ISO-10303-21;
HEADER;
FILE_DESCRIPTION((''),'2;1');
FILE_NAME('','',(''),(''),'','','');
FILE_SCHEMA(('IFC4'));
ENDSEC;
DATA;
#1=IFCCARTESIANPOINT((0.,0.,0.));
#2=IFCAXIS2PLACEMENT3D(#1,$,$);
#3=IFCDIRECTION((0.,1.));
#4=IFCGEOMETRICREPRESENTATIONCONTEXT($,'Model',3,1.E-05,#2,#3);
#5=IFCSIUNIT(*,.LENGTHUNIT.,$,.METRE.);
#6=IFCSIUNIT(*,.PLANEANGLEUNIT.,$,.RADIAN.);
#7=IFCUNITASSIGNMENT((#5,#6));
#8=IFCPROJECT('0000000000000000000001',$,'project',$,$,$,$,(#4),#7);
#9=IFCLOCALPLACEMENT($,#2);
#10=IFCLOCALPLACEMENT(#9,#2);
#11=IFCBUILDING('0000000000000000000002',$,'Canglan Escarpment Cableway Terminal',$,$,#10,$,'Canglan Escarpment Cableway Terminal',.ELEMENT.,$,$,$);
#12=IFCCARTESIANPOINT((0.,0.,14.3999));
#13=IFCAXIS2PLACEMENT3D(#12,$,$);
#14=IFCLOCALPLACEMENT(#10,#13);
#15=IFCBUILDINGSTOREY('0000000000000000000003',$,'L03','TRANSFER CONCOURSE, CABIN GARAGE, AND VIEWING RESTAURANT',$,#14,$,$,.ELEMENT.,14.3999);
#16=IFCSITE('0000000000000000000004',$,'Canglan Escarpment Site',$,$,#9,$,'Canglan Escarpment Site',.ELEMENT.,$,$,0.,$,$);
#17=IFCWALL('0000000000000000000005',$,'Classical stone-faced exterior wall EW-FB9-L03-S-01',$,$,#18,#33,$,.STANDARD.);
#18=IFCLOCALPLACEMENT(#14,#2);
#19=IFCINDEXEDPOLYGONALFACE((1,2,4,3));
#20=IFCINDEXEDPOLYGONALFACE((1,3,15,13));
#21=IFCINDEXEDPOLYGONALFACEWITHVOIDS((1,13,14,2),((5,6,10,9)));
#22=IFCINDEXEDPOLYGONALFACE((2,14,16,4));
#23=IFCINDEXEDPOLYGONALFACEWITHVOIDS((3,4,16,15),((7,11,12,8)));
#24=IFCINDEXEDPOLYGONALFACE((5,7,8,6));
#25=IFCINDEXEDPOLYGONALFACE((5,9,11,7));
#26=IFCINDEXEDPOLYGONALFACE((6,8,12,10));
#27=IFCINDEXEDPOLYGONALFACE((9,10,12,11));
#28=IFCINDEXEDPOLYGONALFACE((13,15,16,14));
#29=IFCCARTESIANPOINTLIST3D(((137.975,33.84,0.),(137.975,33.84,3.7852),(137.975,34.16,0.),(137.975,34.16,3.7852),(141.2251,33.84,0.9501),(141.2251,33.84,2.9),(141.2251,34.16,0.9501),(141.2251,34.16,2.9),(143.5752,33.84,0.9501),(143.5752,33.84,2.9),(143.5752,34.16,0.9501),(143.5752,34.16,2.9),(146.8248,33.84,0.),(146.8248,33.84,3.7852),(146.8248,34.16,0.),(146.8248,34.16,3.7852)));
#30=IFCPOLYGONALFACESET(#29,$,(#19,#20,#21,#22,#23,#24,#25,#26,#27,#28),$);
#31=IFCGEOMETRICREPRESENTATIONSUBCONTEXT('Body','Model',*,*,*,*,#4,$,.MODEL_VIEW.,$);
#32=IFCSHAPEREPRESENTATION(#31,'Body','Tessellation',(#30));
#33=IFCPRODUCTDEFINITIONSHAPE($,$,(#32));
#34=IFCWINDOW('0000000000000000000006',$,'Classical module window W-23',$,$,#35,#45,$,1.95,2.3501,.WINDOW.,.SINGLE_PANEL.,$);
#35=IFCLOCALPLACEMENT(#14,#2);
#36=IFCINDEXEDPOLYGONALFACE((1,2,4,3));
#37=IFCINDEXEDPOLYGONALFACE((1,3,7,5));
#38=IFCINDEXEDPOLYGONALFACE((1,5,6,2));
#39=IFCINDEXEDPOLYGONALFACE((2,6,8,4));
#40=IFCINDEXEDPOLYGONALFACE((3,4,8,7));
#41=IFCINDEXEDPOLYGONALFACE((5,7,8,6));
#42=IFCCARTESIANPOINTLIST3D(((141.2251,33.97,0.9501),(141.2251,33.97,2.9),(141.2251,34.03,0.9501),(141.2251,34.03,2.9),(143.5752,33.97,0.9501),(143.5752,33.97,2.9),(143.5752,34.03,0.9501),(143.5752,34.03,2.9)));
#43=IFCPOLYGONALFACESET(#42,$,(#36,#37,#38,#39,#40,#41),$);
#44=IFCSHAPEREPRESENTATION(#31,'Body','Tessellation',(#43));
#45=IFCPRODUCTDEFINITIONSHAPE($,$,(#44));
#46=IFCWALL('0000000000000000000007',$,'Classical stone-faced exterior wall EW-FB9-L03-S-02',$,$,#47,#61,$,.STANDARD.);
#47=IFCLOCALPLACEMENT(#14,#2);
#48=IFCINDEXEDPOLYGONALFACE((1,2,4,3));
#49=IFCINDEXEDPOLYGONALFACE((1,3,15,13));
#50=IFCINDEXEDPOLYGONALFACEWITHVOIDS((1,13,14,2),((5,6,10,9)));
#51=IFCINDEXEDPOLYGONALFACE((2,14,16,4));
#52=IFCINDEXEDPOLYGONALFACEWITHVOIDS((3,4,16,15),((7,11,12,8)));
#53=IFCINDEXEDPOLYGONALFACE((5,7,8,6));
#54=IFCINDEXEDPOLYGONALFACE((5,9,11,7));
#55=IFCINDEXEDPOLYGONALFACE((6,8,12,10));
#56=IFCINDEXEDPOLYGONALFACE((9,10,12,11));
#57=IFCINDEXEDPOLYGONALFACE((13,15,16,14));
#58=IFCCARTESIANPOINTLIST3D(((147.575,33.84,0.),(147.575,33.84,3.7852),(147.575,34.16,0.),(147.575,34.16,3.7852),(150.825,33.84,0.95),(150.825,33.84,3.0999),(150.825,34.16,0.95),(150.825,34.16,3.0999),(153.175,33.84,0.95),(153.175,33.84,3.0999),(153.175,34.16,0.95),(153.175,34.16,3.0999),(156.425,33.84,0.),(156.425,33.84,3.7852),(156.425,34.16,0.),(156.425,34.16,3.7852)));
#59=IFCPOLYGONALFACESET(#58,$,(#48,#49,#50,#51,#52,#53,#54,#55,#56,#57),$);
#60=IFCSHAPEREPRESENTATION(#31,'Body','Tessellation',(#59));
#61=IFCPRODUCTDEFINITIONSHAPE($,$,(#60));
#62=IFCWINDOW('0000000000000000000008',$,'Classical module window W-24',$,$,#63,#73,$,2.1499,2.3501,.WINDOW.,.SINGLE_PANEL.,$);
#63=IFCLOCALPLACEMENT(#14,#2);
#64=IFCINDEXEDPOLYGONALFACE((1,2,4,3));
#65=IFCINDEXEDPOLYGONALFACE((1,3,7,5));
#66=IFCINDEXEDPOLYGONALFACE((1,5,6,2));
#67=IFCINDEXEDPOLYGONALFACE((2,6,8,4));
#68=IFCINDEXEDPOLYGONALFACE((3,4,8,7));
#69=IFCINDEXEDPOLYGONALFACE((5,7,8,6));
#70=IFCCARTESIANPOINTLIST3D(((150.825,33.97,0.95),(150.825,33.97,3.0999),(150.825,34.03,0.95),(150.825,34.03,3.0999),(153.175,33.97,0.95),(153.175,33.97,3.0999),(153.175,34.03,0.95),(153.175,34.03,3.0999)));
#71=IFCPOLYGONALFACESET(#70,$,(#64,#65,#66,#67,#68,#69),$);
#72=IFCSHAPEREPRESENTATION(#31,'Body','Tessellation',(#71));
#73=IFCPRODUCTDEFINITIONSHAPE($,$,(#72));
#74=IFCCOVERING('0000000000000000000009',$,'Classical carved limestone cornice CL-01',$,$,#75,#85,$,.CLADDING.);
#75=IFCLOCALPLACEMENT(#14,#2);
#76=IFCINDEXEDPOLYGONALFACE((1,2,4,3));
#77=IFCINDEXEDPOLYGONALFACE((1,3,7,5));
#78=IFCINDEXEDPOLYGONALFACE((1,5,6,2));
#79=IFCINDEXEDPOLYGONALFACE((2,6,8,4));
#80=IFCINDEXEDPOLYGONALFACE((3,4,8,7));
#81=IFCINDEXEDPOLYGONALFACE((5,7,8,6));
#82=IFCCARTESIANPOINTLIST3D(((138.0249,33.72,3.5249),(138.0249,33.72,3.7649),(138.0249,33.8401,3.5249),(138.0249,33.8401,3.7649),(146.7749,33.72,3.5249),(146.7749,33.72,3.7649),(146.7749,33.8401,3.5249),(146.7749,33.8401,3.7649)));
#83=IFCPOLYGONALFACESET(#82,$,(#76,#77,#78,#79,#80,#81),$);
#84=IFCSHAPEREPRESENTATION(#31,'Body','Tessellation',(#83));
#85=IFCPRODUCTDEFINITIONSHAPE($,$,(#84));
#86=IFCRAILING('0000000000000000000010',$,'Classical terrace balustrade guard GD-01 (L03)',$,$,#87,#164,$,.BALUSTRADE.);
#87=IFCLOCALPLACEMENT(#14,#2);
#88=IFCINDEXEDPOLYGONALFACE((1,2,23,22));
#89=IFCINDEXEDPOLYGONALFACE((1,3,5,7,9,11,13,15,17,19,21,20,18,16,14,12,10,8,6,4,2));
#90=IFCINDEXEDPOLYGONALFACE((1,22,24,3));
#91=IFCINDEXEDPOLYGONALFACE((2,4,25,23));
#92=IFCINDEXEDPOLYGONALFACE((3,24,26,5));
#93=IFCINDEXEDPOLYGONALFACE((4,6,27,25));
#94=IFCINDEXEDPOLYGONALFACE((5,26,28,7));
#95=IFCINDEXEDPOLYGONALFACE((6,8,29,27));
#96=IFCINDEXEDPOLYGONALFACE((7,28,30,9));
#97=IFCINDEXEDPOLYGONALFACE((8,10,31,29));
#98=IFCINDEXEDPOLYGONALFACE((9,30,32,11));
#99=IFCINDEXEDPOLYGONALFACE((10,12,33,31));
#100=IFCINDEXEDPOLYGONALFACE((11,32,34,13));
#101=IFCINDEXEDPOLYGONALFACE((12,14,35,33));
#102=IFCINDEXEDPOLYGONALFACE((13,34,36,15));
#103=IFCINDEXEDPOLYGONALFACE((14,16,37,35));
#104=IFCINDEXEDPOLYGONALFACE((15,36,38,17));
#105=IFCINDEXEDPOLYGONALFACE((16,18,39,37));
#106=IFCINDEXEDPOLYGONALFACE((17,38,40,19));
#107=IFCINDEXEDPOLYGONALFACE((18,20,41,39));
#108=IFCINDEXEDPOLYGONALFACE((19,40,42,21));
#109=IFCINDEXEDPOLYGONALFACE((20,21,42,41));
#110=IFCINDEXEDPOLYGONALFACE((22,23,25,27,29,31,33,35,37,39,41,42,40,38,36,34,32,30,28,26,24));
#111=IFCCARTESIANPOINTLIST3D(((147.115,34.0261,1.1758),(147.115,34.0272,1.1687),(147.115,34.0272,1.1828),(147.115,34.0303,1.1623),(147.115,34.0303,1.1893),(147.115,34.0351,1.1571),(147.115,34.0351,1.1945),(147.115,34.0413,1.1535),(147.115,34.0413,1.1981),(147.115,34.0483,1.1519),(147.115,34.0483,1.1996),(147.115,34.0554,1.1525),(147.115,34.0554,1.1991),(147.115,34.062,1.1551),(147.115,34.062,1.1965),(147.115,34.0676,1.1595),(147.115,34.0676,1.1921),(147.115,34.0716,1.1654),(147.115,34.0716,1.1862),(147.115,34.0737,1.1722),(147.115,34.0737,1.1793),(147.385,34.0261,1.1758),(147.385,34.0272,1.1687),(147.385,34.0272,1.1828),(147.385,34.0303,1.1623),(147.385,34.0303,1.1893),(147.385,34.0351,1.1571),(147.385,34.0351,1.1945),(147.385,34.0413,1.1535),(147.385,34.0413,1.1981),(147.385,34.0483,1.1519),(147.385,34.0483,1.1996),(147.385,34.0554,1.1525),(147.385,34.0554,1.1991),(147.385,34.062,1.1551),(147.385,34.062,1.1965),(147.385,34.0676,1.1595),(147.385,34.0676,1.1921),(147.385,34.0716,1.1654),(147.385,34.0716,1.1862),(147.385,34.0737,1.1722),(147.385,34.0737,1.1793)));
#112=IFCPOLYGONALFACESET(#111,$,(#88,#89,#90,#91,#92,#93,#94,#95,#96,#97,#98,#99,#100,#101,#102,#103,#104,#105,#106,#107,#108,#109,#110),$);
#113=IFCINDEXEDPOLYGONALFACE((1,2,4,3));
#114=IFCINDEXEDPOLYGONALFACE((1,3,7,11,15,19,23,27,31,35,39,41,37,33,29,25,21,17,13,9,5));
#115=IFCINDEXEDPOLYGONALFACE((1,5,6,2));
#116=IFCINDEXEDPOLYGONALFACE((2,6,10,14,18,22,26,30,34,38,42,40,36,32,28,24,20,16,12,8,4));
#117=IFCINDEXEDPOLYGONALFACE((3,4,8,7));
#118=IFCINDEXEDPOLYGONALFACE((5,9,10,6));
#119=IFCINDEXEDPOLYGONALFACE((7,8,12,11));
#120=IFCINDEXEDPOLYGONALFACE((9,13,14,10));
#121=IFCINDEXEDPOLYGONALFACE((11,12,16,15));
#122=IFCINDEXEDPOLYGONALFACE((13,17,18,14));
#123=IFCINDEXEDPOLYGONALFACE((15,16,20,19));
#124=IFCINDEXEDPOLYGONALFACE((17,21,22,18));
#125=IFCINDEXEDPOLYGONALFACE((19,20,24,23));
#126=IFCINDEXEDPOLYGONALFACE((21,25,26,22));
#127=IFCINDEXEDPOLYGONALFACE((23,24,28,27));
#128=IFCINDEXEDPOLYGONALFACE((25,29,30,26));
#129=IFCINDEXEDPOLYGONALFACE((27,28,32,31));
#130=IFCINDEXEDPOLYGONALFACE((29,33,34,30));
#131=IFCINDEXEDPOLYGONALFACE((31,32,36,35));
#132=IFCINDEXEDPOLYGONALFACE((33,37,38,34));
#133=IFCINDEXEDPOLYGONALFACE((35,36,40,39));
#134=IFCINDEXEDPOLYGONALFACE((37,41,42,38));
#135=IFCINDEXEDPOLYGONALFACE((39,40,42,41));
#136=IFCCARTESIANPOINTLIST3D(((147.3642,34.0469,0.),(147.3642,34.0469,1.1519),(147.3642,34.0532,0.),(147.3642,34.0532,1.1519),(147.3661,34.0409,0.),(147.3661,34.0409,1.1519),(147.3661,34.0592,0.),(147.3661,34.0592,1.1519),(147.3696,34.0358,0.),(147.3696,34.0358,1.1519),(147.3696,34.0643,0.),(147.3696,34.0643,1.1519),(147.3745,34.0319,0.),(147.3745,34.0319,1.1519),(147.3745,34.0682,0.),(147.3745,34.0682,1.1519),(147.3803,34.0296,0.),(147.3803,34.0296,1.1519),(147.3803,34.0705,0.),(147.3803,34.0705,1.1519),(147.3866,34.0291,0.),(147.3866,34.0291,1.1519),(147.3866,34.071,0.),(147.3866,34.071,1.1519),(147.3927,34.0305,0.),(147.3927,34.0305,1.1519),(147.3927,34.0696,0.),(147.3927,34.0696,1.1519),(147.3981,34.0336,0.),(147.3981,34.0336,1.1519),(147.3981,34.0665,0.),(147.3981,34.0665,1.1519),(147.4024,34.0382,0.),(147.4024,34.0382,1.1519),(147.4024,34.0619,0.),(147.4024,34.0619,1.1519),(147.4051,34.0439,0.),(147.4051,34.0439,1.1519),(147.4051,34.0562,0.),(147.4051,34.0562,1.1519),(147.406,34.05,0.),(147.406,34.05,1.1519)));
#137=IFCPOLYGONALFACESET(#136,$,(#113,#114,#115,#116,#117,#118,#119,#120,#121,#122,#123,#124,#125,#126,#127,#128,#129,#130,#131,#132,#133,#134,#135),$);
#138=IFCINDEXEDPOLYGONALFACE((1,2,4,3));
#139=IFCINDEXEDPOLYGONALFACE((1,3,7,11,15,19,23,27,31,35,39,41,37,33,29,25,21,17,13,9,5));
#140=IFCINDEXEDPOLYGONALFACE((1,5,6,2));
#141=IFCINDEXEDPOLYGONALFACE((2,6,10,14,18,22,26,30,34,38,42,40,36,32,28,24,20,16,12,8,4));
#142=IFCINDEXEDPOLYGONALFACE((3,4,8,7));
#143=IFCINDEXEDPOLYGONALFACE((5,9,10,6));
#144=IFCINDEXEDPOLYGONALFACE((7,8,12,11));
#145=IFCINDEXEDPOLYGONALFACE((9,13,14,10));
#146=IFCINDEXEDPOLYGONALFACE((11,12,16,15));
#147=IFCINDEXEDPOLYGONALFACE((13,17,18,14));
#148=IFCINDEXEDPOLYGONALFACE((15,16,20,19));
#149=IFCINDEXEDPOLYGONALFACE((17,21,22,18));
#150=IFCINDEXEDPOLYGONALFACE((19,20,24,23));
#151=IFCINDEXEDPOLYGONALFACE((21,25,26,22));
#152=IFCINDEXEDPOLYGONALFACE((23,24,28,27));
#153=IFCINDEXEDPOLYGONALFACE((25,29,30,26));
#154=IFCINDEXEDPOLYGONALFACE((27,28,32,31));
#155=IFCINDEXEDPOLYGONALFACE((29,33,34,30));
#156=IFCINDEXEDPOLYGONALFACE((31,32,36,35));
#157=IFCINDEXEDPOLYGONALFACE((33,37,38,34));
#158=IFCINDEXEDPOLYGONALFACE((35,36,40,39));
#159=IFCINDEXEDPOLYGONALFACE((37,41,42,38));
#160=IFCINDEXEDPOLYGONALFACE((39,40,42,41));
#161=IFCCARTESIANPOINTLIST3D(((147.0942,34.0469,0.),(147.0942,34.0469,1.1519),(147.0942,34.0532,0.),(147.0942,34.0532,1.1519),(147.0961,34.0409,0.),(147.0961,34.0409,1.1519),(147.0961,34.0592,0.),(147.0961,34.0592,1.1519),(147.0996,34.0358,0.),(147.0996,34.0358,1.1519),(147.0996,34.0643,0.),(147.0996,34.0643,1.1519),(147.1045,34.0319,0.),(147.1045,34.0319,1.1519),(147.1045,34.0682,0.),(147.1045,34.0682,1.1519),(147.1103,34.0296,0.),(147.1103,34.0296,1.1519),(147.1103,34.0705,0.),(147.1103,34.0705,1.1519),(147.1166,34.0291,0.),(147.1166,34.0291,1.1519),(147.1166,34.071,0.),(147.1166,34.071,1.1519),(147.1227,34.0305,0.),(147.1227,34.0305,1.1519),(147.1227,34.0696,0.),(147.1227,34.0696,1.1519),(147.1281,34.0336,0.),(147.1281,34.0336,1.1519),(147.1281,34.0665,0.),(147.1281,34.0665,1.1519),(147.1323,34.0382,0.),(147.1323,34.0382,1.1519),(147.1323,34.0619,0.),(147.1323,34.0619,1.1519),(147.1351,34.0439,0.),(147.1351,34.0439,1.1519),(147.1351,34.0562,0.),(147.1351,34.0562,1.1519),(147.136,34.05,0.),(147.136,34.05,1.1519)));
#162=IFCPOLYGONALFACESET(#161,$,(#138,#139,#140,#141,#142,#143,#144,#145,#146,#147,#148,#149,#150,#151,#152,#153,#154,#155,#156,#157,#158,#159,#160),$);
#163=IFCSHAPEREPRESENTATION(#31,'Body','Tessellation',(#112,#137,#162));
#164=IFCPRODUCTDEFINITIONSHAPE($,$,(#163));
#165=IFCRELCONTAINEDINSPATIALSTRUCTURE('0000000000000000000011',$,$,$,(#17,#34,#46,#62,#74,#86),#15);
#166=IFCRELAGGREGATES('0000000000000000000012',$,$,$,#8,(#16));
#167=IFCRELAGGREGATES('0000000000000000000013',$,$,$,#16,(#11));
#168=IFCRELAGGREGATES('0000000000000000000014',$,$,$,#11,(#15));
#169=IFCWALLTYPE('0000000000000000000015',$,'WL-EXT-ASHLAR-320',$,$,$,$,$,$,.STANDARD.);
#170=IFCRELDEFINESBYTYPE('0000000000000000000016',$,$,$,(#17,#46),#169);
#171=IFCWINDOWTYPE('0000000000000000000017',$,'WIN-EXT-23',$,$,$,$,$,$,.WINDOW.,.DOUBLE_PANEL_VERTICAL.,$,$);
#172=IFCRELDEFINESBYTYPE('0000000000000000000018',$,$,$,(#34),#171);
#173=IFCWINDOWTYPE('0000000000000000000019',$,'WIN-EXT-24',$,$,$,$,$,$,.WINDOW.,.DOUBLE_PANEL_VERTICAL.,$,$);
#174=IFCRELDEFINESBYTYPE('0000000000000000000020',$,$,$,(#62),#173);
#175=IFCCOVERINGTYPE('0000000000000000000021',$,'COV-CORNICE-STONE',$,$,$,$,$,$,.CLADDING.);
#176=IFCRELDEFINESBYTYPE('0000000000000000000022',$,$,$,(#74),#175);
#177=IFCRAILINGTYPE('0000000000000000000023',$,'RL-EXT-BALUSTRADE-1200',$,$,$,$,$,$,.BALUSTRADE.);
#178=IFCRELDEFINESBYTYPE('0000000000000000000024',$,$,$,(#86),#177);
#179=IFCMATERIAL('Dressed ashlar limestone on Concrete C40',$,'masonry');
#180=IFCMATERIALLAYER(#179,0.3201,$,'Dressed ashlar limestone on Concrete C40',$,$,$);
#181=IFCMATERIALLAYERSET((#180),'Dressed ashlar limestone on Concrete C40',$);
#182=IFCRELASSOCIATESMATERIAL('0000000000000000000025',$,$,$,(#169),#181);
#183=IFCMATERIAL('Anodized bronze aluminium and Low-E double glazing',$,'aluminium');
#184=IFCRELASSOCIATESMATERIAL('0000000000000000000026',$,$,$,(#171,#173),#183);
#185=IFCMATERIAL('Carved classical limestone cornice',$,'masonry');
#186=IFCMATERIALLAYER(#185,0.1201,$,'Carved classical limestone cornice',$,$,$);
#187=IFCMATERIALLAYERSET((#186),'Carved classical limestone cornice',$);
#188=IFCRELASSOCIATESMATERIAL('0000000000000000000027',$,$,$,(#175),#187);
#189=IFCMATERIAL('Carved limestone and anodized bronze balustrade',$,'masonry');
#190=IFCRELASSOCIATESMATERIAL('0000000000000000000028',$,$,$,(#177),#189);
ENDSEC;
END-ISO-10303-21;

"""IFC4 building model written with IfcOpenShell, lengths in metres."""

from ifc_helpers import new_model, si_unit, direction, frame, frame_2d, origin, origin_2d, place, context, subcontext, project, spatial, rectangle, circle, extrude, material, layer, layer_set, type_object, element, fill, save


model = new_model("IFC4")

# Units and contexts
model_context = context("Model", 3, precision=1e-05, world=origin(), true_north=direction((0.0, 1.0)))
body_context = subcontext(model_context, "Body", "Model", "MODEL_VIEW")
ifc_project = project(units=[si_unit("LENGTHUNIT", "METRE"), si_unit("PLANEANGLEUNIT", "RADIAN")], contexts=[model_context])

# Site, building, storey
site_placement = place(None, origin())
site = spatial("IfcSite", under=ifc_project, at=site_placement, Name="Canglan Escarpment Site", LongName="Canglan Escarpment Site", CompositionType="ELEMENT", RefElevation=0.0)
building_placement = place(site_placement, origin())
building = spatial("IfcBuilding", under=site, at=building_placement, Name="Canglan Escarpment Cableway Terminal", LongName="Canglan Escarpment Cableway Terminal", CompositionType="ELEMENT")
storey_placement = place(building_placement, frame((0.0, 0.0, 14.3999)))
storey = spatial("IfcBuildingStorey", under=building, at=storey_placement, Name="L03", Description="TRANSFER CONCOURSE, CABIN GARAGE, AND VIEWING RESTAURANT", CompositionType="ELEMENT", Elevation=14.3999)

# Shared definitions
ifc_material_1 = material(Name="Anodized bronze aluminium and Low-E double glazing", Category="aluminium")

# Walls, openings, windows
ifc_material_2 = material(Name="Dressed ashlar limestone on Concrete C40", Category="masonry")
ifc_layer_1 = layer(ifc_material_2, 0.3201, Name="Dressed ashlar limestone on Concrete C40")
ifc_layer_set_1 = layer_set([ifc_layer_1], Name="Dressed ashlar limestone on Concrete C40")
wall_type_1 = type_object("IfcWallType", Name="WL-EXT-ASHLAR-320", PredefinedType="STANDARD", material=ifc_layer_set_1)
wall_1_placement = place(storey_placement, frame((137.9751, 34.0, 0.0), z_axis=(0.0, 0.0, 1.0), x_axis=(1.0, 0.0, 0.0)))
wall_1 = element("IfcWall", 1, at=wall_1_placement, inside=storey, type_object=wall_type_1, Name="Classical stone-faced exterior wall EW-FB9-L03-S-01", PredefinedType="STANDARD", context=body_context, shape_type="SweptSolid", body=[
    extrude(rectangle(XDim=8.8499, YDim=0.3201, at=frame_2d((4.4248, 0.0))), origin(), (0.0, 0.0, 1.0), 3.7852),
])
opening_1_placement = place(wall_1_placement, frame((3.25, 0.0, 0.95)))
opening_1 = element("IfcOpeningElement", 2, at=opening_1_placement, cuts=wall_1, PredefinedType="OPENING", context=body_context, shape_type="SweptSolid", body=[
    extrude(rectangle(XDim=2.3501, YDim=1.95, at=frame_2d((1.175, 0.9751))), frame((0.0, 0.1699, 0.0), z_axis=(0.0, -1.0, 0.0), x_axis=(1.0, 0.0, 0.0)), (0.0, 0.0, 1.0), 0.3401),
])
window_type_1 = type_object("IfcWindowType", Name="WIN-EXT-23", PartitioningType="DOUBLE_PANEL_VERTICAL", PredefinedType="WINDOW", material=ifc_material_1)
window_1_placement = place(opening_1_placement, origin())
window_1 = element("IfcWindow", 3, at=window_1_placement, inside=storey, type_object=window_type_1, Name="Classical module window W-23", OverallHeight=1.95, OverallWidth=2.3501, PartitioningType="SINGLE_PANEL", PredefinedType="WINDOW", context=body_context, shape_type="SweptSolid", body=[
    extrude(rectangle(XDim=2.3501, YDim=1.95, at=frame_2d((1.175, 0.9751))), frame((0.0, 0.03, 0.0), z_axis=(0.0, -1.0, 0.0), x_axis=(1.0, 0.0, 0.0)), (0.0, 0.0, 1.0), 0.0601),
])
fill(opening_1, window_1)
wall_2_placement = place(storey_placement, frame((147.575, 34.0, 0.0), z_axis=(0.0, 0.0, 1.0), x_axis=(1.0, 0.0, 0.0)))
wall_2 = element("IfcWall", 4, at=wall_2_placement, inside=storey, type_object=wall_type_1, Name="Classical stone-faced exterior wall EW-FB9-L03-S-02", PredefinedType="STANDARD", context=body_context, shape_type="SweptSolid", body=[
    extrude(rectangle(XDim=8.8501, YDim=0.3201, at=frame_2d((4.425, 0.0))), origin(), (0.0, 0.0, 1.0), 3.7852),
])
opening_2_placement = place(wall_2_placement, frame((3.25, 0.0, 0.95)))
opening_2 = element("IfcOpeningElement", 5, at=opening_2_placement, cuts=wall_2, PredefinedType="OPENING", context=body_context, shape_type="SweptSolid", body=[
    extrude(rectangle(XDim=2.3501, YDim=2.1499, at=frame_2d((1.175, 1.075))), frame((0.0, 0.1699, 0.0), z_axis=(0.0, -1.0, 0.0), x_axis=(1.0, 0.0, 0.0)), (0.0, 0.0, 1.0), 0.3401),
])
window_type_2 = type_object("IfcWindowType", Name="WIN-EXT-24", PartitioningType="DOUBLE_PANEL_VERTICAL", PredefinedType="WINDOW", material=ifc_material_1)
window_2_placement = place(opening_2_placement, origin())
window_2 = element("IfcWindow", 6, at=window_2_placement, inside=storey, type_object=window_type_2, Name="Classical module window W-24", OverallHeight=2.1499, OverallWidth=2.3501, PartitioningType="SINGLE_PANEL", PredefinedType="WINDOW", context=body_context, shape_type="SweptSolid", body=[
    extrude(rectangle(XDim=2.3501, YDim=2.1499, at=frame_2d((1.175, 1.075))), frame((0.0, 0.03, 0.0), z_axis=(0.0, -1.0, 0.0), x_axis=(1.0, 0.0, 0.0)), (0.0, 0.0, 1.0), 0.0601),
])
fill(opening_2, window_2)

# Covering
ifc_material_3 = material(Name="Carved classical limestone cornice", Category="masonry")
ifc_layer_2 = layer(ifc_material_3, 0.1201, Name="Carved classical limestone cornice")
ifc_layer_set_2 = layer_set([ifc_layer_2], Name="Carved classical limestone cornice")
covering_type = type_object("IfcCoveringType", Name="COV-CORNICE-STONE", PredefinedType="CLADDING", material=ifc_layer_set_2)
covering_placement = place(storey_placement, frame((142.3999, 33.78, 3.5249), z_axis=(0.0, 0.0, 1.0), x_axis=(1.0, 0.0, 0.0)))
element("IfcCovering", 7, at=covering_placement, inside=storey, type_object=covering_type, Name="Classical carved limestone cornice CL-01", PredefinedType="CLADDING", context=body_context, shape_type="SweptSolid", body=[
    extrude(rectangle(XDim=8.75, YDim=0.1201, at=origin_2d()), origin(), (0.0, 0.0, 1.0), 0.24),
])

# Railing
ifc_material_4 = material(Name="Carved limestone and anodized bronze balustrade", Category="masonry")
railing_type = type_object("IfcRailingType", Name="RL-EXT-BALUSTRADE-1200", PredefinedType="BALUSTRADE", material=ifc_material_4)
railing_placement = place(storey_placement, frame((147.385, 34.05, 0.0)))
element("IfcRailing", 8, at=railing_placement, inside=storey, type_object=railing_type, Name="Classical terrace balustrade guard GD-01 (L03)", PredefinedType="BALUSTRADE", context=body_context, shape_type="SweptSolid", body=[
    extrude(circle(Radius=0.0239, at=origin_2d()), frame((0.0, 0.0, 1.1758), z_axis=(-1.0, 0.0, 0.0), x_axis=(0.0, -1.0, 0.0)), (0.0, 0.0, 1.0), 0.27),
    extrude(circle(Radius=0.021, at=origin_2d()), origin(), (0.0, 0.0, 1.0), 1.1519),
    extrude(circle(Radius=0.021, at=origin_2d()), frame((-0.27, 0.0, 0.0)), (0.0, 0.0, 1.0), 1.1519),
])

save(model, "model.ifc")
